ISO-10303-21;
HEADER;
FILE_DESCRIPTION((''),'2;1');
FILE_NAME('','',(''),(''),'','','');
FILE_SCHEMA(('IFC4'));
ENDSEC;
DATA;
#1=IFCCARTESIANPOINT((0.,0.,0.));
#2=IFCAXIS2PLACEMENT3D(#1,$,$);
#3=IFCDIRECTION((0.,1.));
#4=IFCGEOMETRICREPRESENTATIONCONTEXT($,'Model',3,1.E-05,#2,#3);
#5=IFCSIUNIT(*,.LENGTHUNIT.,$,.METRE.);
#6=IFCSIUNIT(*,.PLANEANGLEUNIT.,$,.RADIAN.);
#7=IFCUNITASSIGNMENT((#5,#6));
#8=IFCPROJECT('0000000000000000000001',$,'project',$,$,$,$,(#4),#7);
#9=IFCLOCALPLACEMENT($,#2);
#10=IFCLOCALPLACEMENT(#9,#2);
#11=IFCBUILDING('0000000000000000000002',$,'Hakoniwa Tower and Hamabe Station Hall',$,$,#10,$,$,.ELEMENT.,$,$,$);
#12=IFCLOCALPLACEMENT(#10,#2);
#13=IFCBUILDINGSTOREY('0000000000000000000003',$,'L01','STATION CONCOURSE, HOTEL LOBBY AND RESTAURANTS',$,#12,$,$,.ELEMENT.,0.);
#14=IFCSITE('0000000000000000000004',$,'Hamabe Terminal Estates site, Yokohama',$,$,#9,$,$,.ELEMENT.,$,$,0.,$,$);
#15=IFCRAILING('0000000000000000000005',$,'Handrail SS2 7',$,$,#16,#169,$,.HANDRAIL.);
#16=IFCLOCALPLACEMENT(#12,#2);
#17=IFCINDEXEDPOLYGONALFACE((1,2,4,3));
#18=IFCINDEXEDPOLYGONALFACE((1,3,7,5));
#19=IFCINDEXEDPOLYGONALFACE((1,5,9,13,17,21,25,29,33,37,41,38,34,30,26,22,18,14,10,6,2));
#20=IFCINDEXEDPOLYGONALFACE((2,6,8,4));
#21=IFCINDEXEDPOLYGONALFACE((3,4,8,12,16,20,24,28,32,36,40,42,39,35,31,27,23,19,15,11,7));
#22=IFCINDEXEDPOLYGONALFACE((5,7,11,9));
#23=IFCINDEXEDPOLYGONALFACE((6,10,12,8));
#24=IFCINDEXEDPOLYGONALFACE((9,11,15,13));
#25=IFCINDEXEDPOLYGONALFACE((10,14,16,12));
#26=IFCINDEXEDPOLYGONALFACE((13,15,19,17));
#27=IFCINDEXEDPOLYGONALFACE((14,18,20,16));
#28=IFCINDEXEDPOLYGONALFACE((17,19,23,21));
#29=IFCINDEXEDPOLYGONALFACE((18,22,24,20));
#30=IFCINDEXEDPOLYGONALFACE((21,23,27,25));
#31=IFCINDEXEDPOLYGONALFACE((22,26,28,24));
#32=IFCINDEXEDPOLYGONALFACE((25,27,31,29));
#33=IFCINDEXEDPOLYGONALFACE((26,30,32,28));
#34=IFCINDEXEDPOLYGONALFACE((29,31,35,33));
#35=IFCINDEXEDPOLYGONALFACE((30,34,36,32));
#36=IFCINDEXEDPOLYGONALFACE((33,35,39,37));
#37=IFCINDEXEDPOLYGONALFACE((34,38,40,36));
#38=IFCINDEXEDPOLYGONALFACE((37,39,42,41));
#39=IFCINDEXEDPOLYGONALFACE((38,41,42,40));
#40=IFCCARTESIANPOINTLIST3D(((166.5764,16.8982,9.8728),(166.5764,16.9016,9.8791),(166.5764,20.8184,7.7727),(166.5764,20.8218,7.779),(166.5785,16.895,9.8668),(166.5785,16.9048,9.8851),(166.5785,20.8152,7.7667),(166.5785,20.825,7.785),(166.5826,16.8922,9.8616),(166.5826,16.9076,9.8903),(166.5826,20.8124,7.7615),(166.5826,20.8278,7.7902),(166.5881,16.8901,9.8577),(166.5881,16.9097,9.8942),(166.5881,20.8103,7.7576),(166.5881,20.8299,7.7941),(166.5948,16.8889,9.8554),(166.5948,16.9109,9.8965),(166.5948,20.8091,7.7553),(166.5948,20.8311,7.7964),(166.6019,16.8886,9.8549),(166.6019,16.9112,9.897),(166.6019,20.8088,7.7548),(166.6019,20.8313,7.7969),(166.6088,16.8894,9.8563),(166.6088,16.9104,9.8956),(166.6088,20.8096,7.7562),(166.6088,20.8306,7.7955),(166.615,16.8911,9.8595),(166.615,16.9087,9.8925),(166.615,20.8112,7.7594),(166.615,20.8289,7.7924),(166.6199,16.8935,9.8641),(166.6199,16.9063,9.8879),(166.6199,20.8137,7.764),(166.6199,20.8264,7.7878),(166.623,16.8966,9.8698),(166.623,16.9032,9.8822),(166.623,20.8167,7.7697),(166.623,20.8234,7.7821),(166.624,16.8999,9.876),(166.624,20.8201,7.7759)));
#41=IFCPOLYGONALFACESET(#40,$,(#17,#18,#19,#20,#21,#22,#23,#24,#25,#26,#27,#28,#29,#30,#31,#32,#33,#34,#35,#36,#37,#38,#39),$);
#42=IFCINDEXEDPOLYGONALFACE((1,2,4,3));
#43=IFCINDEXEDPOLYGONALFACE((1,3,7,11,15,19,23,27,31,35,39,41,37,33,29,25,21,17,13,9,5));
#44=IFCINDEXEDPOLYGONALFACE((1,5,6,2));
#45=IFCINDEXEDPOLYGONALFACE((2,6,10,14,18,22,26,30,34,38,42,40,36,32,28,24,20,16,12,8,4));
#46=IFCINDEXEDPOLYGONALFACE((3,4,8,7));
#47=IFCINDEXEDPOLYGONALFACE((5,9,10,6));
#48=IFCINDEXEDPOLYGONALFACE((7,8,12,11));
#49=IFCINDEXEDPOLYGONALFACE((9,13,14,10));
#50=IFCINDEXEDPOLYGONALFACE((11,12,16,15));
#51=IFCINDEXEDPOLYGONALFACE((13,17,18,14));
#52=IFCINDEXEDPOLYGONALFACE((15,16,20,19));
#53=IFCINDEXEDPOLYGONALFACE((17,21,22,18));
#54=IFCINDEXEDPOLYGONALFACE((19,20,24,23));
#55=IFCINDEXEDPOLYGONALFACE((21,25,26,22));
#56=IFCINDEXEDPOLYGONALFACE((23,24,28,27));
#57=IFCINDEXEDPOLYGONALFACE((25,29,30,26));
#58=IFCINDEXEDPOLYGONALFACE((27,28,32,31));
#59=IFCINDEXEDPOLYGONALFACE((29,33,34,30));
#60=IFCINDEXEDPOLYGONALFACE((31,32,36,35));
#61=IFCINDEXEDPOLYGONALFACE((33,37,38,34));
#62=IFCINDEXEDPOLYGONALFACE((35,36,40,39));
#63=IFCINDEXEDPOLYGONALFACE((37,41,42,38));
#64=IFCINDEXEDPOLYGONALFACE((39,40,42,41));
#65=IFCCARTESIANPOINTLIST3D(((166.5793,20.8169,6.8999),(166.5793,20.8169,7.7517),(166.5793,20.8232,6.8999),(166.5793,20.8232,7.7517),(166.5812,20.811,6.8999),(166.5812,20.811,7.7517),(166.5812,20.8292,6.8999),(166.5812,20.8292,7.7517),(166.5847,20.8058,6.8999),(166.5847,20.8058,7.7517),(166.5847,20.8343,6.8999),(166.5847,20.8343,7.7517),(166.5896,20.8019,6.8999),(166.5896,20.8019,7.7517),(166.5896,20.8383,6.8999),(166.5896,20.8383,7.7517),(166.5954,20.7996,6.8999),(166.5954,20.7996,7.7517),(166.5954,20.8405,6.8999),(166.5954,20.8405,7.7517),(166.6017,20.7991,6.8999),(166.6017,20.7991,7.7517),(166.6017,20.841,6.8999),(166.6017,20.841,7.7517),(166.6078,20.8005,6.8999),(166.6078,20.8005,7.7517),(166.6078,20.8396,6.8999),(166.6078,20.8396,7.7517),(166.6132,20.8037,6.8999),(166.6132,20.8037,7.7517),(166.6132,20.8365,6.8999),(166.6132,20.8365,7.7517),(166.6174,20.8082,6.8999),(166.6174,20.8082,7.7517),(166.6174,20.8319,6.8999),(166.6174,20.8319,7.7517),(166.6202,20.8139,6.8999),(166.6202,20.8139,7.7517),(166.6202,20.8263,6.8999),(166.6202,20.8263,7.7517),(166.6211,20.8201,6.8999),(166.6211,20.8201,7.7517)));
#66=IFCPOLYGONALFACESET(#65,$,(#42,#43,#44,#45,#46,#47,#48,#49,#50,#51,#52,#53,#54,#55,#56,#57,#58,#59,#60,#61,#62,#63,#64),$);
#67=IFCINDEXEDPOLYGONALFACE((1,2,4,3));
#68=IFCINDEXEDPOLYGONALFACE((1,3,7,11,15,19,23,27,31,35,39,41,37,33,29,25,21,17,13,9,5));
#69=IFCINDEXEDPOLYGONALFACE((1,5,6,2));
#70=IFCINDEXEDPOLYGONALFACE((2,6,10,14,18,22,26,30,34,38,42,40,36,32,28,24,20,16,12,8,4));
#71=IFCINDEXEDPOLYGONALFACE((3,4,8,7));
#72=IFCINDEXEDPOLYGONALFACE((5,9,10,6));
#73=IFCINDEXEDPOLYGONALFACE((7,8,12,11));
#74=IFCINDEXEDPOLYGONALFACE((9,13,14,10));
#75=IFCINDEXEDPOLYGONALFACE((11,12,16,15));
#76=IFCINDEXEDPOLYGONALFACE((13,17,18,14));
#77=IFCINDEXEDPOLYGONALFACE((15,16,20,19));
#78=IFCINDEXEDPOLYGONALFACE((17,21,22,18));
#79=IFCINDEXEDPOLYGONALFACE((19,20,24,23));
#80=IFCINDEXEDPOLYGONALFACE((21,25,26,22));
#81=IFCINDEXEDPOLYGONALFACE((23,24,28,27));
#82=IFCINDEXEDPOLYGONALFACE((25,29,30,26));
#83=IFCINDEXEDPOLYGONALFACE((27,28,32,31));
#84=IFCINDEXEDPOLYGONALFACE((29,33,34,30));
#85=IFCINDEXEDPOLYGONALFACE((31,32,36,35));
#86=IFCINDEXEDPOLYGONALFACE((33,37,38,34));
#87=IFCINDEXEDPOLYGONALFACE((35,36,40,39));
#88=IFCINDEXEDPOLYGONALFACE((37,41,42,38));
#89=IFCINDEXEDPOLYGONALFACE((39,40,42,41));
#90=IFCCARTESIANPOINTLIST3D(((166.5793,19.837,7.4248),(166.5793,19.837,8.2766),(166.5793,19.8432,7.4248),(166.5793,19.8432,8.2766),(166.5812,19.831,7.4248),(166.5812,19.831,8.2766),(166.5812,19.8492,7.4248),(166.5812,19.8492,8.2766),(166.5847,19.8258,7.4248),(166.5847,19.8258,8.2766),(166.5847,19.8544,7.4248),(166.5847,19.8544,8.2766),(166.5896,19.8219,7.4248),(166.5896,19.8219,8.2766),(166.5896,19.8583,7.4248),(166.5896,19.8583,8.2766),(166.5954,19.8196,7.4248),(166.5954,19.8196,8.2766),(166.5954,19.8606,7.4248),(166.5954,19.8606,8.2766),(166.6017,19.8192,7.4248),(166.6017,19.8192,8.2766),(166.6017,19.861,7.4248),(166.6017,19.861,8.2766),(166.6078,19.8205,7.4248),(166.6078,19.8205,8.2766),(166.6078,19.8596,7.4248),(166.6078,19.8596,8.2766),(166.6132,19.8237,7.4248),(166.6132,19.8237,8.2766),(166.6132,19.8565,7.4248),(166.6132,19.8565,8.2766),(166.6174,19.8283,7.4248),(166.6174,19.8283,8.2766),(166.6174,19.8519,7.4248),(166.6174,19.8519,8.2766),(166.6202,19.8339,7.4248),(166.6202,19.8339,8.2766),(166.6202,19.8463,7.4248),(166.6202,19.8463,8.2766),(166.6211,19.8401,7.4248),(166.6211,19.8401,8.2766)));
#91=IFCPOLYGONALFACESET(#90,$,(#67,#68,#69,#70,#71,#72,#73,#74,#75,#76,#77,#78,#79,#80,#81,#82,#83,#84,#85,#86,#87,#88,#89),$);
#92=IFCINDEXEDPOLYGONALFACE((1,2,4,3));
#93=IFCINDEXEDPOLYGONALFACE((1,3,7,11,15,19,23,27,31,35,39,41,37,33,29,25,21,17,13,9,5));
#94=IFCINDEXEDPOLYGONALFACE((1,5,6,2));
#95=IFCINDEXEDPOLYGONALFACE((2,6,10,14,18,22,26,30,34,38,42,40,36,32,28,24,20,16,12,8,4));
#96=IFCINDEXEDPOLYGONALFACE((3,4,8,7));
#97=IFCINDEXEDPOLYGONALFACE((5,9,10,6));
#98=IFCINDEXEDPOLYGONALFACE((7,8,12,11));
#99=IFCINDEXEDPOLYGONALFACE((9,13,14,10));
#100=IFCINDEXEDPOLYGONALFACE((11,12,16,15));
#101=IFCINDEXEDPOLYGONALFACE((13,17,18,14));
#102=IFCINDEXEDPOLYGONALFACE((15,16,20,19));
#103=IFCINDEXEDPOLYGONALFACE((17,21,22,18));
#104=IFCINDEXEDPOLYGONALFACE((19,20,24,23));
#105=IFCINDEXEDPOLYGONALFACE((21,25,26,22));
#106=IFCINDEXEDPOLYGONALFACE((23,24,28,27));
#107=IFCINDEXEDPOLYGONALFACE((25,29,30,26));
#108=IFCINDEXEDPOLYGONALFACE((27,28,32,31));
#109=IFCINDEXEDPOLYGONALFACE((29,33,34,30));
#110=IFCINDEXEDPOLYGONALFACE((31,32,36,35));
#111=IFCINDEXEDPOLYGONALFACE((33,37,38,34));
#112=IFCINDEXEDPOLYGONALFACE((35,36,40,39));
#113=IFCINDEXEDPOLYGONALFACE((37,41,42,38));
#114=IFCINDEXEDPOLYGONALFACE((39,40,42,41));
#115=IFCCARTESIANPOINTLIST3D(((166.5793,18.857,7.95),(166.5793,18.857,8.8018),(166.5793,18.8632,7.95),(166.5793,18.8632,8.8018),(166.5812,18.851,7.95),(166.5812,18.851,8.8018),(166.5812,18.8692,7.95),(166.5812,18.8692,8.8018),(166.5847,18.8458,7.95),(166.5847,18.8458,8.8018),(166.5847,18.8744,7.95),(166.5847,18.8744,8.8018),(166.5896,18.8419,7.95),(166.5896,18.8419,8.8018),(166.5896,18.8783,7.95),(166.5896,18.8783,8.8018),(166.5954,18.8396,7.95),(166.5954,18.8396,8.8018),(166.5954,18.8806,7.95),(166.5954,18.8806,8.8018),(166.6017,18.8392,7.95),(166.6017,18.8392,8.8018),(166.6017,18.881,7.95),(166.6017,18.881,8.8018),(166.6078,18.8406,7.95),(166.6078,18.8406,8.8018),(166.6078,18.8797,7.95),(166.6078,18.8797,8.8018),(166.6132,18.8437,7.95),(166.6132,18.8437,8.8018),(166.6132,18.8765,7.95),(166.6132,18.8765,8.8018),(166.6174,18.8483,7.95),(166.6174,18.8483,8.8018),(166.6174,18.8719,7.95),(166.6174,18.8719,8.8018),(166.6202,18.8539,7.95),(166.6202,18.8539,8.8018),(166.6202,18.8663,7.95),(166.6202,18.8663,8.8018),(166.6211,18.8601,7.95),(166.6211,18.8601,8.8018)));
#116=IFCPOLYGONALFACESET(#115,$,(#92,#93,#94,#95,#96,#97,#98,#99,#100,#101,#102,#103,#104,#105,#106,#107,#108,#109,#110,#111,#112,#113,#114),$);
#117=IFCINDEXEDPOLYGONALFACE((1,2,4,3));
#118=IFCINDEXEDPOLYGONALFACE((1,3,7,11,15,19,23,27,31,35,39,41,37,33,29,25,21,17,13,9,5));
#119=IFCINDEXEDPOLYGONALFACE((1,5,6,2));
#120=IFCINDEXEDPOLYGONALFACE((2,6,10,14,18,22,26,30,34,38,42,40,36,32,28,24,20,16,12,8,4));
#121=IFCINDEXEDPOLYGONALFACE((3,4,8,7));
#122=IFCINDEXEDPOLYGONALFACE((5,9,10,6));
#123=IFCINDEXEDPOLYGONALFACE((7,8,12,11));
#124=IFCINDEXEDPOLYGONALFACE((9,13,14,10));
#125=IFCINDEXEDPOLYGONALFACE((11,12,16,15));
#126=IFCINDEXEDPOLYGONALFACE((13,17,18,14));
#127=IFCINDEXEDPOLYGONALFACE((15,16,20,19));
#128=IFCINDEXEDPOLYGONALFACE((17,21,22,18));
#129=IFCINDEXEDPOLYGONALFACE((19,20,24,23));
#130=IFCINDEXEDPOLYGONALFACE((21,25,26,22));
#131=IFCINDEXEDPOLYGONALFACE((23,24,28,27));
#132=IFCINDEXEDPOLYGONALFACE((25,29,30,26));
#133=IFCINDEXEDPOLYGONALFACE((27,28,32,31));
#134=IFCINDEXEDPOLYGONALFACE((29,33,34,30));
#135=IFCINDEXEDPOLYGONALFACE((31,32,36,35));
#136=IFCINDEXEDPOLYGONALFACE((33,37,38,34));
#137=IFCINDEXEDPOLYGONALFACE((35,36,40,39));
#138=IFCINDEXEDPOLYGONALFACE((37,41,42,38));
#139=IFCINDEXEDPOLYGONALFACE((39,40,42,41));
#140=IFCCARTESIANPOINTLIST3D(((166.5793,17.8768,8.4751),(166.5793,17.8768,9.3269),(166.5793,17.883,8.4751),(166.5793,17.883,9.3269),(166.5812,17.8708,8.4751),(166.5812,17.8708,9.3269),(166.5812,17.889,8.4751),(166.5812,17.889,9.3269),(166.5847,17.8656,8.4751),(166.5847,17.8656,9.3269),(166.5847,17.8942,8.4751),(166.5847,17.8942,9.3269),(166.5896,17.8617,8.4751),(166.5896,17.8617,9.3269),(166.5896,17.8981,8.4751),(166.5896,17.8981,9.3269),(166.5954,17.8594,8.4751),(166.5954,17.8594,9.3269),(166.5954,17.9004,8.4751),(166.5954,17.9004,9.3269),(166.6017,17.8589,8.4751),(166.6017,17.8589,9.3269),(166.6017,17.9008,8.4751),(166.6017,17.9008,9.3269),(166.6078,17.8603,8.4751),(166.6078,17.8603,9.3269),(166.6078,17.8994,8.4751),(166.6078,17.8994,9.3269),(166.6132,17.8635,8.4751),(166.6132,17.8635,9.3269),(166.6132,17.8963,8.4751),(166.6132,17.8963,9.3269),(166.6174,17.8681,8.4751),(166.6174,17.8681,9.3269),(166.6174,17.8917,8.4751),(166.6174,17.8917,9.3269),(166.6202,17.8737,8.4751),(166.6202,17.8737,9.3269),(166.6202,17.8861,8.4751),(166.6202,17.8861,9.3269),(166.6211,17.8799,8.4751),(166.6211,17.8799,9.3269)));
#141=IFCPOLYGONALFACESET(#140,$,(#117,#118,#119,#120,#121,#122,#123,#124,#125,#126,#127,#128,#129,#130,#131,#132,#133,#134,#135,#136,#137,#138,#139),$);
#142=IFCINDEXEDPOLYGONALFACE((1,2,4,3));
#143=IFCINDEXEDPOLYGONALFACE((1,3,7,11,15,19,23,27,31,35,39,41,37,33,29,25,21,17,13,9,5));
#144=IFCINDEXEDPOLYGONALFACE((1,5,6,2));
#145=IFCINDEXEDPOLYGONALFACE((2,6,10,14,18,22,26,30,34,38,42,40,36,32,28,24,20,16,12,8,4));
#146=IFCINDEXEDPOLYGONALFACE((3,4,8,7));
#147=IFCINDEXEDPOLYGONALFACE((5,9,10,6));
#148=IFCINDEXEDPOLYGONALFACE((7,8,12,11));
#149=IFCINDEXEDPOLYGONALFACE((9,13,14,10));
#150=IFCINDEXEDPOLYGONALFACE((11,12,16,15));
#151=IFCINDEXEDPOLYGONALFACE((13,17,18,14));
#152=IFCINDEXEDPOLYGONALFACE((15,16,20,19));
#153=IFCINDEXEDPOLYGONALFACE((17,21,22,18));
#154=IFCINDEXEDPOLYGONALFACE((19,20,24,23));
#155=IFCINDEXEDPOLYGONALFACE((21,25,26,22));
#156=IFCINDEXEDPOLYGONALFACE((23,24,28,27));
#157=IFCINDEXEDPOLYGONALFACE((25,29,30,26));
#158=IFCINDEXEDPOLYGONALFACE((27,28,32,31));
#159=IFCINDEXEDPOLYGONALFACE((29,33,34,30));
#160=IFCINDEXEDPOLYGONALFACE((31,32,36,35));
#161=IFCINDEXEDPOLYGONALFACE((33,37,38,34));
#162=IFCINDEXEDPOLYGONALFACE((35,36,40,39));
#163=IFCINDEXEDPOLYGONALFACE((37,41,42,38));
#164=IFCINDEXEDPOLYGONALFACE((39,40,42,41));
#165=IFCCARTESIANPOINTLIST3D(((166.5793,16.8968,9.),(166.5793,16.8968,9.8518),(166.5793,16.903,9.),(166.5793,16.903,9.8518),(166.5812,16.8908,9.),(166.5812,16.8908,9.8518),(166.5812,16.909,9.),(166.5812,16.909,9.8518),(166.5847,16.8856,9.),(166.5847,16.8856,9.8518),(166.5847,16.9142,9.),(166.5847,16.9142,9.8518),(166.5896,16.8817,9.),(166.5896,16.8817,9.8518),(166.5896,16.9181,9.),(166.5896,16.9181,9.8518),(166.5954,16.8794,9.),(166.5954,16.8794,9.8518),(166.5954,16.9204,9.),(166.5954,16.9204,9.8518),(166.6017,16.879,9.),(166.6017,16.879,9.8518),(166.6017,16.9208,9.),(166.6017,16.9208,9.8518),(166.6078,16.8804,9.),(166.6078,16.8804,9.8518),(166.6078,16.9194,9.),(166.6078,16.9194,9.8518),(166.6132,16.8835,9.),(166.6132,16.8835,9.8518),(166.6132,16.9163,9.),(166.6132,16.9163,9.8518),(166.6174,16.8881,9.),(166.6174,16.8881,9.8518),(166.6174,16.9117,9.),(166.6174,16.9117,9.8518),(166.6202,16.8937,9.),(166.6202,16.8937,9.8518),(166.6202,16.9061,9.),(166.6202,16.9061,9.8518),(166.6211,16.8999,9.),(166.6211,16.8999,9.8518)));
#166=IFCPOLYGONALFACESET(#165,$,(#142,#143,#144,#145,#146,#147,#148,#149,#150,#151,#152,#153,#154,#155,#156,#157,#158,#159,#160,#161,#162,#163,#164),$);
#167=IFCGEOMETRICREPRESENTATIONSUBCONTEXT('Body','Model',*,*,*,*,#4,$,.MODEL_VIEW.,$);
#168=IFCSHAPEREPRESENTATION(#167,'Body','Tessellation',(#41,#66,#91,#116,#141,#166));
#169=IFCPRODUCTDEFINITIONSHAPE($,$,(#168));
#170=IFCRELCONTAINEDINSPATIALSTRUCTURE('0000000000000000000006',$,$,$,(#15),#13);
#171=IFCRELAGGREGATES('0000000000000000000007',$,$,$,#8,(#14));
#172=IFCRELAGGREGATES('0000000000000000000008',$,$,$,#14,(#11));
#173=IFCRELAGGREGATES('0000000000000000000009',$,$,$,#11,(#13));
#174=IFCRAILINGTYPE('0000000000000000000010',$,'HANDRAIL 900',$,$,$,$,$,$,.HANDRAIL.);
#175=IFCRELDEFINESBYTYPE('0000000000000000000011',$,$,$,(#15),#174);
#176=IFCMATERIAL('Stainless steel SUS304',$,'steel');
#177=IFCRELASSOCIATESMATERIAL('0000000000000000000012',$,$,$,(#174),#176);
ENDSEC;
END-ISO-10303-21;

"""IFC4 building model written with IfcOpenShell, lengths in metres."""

from ifc_helpers import new_model, si_unit, direction, frame, origin, origin_2d, place, context, subcontext, project, spatial, circle, extrude, material, type_object, element, save


model = new_model("IFC4")

# Units and contexts
model_context = context("Model", 3, precision=1e-05, world=origin(), true_north=direction((0.0, 1.0)))
body_context = subcontext(model_context, "Body", "Model", "MODEL_VIEW")
ifc_project = project(units=[si_unit("LENGTHUNIT", "METRE"), si_unit("PLANEANGLEUNIT", "RADIAN")], contexts=[model_context])

# Site, building, storey
site_placement = place(None, origin())
site = spatial("IfcSite", under=ifc_project, at=site_placement, Name="Hamabe Terminal Estates site, Yokohama", CompositionType="ELEMENT", RefElevation=0.0)
building_placement = place(site_placement, origin())
building = spatial("IfcBuilding", under=site, at=building_placement, Name="Hakoniwa Tower and Hamabe Station Hall", CompositionType="ELEMENT")
storey_placement = place(building_placement, origin())
storey = spatial("IfcBuildingStorey", under=building, at=storey_placement, Name="L01", Description="STATION CONCOURSE, HOTEL LOBBY AND RESTAURANTS", CompositionType="ELEMENT", Elevation=0.0)

# Railing
ifc_material_1 = material(Name="Stainless steel SUS304", Category="steel")
railing_type = type_object("IfcRailingType", Name="HANDRAIL 900", PredefinedType="HANDRAIL", material=ifc_material_1)
for number, where, name in (
    (1, (166.6001, 20.8201, 6.8999), "Handrail SS2 7"),
):
    element("IfcRailing", number, at=place(storey_placement, frame(where)), inside=storey, type_object=railing_type, Name=name, PredefinedType="HANDRAIL", context=body_context, shape_type="SweptSolid", body=[
        extrude(circle(Radius=0.0239, at=origin_2d()), frame((0.0, 0.0, 0.876), z_axis=(0.0, -0.881479, 0.472223), x_axis=(1.0, 0.0, 0.0)), (0.0, 0.0, 1.0), 4.4473),
        extrude(circle(Radius=0.021, at=origin_2d()), origin(), (0.0, 0.0, 1.0), 0.8518),
        extrude(circle(Radius=0.021, at=origin_2d()), frame((0.0, -0.98, 0.5249)), (0.0, 0.0, 1.0), 0.8518),
        extrude(circle(Radius=0.021, at=origin_2d()), frame((0.0, -1.96, 1.05)), (0.0, 0.0, 1.0), 0.8518),
        extrude(circle(Radius=0.021, at=origin_2d()), frame((0.0, -2.9402, 1.5752)), (0.0, 0.0, 1.0), 0.8518),
        extrude(circle(Radius=0.021, at=origin_2d()), frame((0.0, -3.9202, 2.1001)), (0.0, 0.0, 1.0), 0.8518),
    ])

save(model, "model.ifc")
